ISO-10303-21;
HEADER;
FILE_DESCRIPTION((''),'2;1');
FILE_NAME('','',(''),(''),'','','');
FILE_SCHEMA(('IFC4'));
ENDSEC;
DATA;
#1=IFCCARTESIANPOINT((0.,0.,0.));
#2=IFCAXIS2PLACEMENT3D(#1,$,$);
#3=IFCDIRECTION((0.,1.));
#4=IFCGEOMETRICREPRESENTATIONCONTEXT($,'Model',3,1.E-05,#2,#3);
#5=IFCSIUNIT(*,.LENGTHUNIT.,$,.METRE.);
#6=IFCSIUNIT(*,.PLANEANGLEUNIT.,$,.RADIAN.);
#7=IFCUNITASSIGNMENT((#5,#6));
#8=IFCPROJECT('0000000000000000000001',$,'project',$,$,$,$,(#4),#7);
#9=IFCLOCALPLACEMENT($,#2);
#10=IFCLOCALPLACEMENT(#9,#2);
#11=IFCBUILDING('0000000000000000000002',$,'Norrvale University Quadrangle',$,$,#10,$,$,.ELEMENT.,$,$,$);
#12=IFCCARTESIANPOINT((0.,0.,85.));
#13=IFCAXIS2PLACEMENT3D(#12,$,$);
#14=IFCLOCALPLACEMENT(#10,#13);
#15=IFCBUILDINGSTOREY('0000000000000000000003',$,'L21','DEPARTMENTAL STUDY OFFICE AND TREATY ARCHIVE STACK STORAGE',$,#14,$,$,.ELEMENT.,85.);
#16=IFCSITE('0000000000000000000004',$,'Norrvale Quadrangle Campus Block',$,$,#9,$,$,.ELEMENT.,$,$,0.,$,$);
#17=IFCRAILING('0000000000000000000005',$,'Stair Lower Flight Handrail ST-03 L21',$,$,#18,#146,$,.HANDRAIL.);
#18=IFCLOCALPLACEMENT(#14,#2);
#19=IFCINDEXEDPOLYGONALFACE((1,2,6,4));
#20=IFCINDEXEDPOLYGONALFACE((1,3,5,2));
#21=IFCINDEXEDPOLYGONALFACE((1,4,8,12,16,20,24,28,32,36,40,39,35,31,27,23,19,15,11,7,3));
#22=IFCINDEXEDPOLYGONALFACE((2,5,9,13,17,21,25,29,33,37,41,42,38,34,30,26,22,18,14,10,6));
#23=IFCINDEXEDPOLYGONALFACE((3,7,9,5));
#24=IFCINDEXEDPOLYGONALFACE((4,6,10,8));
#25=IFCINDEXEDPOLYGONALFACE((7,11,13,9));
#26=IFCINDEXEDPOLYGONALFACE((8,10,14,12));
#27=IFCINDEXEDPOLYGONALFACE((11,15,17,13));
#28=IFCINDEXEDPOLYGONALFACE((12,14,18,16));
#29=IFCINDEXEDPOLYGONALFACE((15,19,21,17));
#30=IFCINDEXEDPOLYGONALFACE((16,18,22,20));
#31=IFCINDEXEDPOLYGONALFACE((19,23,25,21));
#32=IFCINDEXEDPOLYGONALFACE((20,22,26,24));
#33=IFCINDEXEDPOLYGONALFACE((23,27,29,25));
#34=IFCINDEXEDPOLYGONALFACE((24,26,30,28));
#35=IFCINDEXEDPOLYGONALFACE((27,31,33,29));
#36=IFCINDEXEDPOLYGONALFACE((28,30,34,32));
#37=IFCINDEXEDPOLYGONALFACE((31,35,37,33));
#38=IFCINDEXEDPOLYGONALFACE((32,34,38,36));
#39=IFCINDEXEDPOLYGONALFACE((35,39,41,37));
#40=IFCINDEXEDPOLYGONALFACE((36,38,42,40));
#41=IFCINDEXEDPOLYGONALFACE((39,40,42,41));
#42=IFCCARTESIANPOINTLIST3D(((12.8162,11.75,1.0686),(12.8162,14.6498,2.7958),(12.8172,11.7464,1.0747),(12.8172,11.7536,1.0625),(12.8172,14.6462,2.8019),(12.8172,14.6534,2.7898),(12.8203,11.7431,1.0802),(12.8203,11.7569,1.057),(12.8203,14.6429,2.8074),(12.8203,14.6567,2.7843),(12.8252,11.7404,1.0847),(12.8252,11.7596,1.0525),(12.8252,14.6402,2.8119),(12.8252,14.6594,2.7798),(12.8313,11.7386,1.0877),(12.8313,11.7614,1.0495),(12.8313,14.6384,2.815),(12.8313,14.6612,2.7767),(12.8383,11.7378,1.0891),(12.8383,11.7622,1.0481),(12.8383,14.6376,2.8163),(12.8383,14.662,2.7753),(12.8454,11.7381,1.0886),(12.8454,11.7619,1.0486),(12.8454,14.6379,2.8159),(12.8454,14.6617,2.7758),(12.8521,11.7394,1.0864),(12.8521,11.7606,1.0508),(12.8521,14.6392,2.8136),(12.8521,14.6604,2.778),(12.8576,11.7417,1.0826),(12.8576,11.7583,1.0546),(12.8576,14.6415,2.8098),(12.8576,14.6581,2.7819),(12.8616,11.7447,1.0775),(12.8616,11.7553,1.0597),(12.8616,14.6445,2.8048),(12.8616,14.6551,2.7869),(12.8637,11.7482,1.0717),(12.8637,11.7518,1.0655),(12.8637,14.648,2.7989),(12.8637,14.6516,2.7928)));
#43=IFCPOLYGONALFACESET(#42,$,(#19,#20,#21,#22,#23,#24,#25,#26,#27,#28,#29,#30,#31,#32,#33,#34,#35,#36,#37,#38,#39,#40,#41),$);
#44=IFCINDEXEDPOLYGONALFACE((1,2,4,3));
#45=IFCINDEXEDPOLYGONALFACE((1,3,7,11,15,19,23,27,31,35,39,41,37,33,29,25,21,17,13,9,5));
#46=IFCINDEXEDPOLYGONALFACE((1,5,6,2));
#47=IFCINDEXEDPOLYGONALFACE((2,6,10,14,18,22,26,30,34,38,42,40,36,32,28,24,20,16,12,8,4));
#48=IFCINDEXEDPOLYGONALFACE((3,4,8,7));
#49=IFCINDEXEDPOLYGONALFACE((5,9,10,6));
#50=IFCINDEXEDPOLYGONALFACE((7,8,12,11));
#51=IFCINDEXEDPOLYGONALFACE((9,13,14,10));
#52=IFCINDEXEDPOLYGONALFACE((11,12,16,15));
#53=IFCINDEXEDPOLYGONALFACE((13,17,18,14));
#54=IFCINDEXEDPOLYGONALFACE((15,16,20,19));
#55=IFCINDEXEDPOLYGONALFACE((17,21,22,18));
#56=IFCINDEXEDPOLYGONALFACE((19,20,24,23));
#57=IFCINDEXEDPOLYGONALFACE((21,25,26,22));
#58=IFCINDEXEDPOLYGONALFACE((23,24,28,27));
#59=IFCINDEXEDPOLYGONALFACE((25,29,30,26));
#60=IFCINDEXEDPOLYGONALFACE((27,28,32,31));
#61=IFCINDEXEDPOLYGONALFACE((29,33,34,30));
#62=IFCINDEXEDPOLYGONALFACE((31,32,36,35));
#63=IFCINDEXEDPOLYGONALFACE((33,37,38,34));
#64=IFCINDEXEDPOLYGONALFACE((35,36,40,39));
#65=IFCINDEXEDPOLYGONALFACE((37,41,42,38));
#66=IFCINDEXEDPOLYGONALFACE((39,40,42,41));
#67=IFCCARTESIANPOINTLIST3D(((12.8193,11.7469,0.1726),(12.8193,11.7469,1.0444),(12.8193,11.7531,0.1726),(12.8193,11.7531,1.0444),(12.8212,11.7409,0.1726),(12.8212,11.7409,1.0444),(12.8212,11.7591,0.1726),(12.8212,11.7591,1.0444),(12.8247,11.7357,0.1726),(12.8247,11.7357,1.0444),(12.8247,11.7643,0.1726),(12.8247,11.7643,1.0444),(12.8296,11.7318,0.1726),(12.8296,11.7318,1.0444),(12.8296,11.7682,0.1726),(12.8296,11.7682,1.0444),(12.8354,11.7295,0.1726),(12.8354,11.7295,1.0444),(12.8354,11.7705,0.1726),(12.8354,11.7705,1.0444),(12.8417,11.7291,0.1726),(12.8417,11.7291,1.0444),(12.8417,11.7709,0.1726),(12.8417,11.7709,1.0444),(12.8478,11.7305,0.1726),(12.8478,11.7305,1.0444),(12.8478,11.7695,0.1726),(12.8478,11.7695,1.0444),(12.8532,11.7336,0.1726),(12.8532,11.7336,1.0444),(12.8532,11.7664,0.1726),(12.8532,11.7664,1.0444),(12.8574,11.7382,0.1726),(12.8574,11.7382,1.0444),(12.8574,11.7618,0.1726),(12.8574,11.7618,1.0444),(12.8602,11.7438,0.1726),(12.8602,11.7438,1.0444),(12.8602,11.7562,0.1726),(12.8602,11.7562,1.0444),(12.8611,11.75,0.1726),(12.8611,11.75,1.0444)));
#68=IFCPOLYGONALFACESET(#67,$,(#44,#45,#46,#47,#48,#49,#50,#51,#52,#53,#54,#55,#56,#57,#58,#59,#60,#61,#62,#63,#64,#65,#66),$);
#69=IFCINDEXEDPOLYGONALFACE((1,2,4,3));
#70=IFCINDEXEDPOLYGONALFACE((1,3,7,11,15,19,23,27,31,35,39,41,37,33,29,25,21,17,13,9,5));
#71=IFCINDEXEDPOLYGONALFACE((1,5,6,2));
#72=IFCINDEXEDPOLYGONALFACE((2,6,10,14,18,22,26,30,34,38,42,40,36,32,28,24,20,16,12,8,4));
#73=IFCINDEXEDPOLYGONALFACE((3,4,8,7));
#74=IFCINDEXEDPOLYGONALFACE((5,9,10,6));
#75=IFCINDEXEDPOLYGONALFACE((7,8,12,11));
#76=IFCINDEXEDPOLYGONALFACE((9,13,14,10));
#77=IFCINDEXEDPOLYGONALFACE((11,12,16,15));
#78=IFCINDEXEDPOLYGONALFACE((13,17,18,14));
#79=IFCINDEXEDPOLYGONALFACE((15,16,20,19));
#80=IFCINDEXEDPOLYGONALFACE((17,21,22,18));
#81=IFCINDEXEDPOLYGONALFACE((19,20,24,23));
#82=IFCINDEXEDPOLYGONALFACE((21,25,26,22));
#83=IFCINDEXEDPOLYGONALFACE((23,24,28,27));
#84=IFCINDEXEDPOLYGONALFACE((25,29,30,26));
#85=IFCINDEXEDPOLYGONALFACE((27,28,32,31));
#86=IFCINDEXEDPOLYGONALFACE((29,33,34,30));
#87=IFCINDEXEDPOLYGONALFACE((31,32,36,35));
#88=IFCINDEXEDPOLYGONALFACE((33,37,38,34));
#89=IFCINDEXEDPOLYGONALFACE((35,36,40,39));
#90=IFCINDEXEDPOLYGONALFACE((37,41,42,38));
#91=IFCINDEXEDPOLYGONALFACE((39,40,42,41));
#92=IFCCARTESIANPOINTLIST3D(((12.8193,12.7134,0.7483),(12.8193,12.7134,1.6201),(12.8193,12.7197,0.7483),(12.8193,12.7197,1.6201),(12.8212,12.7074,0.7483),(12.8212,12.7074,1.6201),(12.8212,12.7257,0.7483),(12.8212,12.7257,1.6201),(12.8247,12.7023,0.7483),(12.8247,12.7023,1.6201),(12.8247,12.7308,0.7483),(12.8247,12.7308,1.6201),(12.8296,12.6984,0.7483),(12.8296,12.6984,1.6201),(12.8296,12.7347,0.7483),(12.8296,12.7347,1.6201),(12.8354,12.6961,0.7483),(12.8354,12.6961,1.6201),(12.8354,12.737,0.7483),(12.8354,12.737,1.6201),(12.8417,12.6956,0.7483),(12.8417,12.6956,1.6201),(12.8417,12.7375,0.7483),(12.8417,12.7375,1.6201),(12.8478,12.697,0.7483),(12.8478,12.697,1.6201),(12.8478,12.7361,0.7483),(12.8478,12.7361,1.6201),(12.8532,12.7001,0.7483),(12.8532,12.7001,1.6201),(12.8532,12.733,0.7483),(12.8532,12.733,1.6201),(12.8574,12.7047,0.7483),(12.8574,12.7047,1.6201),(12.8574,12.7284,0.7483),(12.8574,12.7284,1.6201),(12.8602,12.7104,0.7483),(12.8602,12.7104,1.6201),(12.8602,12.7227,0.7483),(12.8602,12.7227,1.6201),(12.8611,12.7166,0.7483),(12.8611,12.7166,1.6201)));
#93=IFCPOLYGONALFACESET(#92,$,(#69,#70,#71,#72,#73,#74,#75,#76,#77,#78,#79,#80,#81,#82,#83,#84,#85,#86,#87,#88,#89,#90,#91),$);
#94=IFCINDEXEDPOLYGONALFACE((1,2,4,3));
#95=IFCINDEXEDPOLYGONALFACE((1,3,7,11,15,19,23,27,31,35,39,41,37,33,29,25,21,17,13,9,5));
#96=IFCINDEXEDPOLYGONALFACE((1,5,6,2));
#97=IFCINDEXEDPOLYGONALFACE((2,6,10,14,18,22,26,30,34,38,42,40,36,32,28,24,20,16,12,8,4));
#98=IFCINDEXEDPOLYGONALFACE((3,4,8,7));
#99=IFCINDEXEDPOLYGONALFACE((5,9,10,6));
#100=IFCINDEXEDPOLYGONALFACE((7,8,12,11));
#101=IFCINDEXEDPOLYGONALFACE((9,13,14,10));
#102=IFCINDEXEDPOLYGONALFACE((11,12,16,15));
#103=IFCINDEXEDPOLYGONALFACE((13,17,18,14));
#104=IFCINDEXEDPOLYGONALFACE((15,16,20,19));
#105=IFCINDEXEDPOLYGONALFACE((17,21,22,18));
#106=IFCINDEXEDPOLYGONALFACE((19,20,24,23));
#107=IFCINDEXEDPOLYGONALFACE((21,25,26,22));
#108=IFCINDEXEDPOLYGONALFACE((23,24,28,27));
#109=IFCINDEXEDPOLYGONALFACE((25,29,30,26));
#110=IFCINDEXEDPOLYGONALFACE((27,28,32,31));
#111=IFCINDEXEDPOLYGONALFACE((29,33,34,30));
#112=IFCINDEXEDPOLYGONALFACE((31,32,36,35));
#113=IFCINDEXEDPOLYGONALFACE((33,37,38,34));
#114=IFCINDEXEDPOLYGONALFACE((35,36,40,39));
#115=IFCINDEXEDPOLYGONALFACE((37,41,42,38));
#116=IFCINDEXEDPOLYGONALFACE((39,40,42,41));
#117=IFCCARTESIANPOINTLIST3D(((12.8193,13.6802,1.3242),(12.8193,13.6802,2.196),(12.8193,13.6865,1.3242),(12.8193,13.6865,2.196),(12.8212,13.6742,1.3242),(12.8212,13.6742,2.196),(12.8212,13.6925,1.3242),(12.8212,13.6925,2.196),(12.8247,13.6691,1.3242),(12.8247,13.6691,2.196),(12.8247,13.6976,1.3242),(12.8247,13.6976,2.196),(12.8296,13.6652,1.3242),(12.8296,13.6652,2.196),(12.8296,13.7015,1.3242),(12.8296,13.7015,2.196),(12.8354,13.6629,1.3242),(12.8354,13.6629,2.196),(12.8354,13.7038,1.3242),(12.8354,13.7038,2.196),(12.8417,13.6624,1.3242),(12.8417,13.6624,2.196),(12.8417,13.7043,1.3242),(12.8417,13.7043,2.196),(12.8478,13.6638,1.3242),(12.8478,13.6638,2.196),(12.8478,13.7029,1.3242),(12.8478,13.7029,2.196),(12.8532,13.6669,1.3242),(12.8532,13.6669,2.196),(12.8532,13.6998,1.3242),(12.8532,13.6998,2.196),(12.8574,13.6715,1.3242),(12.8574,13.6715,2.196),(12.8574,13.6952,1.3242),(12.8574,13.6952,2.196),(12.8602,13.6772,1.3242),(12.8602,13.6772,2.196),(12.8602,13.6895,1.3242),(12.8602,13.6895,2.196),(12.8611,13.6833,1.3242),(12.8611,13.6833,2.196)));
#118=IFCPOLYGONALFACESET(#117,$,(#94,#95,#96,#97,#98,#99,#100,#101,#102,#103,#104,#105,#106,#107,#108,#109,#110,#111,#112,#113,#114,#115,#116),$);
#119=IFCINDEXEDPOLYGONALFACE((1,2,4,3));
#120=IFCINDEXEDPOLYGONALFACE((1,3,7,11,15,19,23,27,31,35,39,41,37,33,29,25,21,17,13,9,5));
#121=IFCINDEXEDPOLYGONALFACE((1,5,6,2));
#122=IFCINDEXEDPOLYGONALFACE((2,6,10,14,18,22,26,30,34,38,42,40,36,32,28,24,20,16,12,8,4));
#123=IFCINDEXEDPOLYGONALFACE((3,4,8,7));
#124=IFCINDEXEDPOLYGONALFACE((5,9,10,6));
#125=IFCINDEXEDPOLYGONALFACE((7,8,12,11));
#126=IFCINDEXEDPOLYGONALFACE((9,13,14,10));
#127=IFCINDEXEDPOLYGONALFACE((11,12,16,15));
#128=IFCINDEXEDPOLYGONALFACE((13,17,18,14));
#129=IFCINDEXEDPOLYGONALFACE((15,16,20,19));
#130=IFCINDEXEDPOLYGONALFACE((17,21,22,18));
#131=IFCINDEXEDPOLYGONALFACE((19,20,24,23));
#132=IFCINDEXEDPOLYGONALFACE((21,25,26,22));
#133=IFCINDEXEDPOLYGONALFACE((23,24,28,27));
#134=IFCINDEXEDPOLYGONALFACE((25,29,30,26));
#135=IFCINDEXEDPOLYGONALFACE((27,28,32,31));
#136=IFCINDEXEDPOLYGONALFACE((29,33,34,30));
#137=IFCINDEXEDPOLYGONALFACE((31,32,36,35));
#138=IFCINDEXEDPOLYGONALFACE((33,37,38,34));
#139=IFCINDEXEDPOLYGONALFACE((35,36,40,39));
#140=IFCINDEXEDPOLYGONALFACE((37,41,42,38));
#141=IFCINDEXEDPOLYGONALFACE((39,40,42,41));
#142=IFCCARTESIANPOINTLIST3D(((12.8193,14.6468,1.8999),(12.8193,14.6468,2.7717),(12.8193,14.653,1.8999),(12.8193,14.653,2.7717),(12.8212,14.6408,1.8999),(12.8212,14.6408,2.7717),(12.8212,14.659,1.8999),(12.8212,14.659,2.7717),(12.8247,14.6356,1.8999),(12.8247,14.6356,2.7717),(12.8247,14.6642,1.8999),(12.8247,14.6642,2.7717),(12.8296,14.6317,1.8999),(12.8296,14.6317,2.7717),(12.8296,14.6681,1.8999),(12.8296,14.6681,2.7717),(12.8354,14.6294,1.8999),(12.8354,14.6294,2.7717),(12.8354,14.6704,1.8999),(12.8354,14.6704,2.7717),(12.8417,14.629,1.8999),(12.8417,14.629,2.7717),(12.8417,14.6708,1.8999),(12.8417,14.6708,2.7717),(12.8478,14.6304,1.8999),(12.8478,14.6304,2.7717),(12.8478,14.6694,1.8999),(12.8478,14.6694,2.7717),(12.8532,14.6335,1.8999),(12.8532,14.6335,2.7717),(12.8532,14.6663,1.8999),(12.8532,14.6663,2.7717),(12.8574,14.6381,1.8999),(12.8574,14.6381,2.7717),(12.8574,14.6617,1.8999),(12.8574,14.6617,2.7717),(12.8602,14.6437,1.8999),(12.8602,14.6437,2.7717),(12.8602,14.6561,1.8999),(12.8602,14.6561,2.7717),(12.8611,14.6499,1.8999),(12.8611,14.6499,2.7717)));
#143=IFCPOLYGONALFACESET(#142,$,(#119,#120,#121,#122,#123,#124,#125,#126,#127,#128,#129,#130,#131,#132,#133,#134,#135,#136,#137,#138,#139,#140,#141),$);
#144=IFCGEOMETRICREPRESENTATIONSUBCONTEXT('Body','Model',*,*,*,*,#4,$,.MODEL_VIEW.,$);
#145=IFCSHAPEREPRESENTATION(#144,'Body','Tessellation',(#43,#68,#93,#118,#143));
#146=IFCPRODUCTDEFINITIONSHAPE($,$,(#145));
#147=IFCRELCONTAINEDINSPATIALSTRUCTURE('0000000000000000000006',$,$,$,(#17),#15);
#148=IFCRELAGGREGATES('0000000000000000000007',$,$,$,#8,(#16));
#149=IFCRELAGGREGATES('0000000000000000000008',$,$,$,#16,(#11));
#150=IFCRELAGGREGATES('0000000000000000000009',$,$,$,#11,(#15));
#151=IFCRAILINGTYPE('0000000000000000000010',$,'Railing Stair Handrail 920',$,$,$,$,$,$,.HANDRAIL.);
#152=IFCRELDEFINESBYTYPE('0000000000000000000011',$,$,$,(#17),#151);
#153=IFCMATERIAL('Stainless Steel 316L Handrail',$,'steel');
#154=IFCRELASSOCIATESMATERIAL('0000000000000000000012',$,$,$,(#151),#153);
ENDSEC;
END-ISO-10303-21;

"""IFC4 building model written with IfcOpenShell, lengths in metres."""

from ifc_helpers import new_model, si_unit, direction, frame, origin, origin_2d, place, context, subcontext, project, spatial, circle, extrude, material, type_object, element, save


model = new_model("IFC4")

# Units and contexts
model_context = context("Model", 3, precision=1e-05, world=origin(), true_north=direction((0.0, 1.0)))
body_context = subcontext(model_context, "Body", "Model", "MODEL_VIEW")
ifc_project = project(units=[si_unit("LENGTHUNIT", "METRE"), si_unit("PLANEANGLEUNIT", "RADIAN")], contexts=[model_context])

# Site, building, storey
site_placement = place(None, origin())
site = spatial("IfcSite", under=ifc_project, at=site_placement, Name="Norrvale Quadrangle Campus Block", CompositionType="ELEMENT", RefElevation=0.0)
building_placement = place(site_placement, origin())
building = spatial("IfcBuilding", under=site, at=building_placement, Name="Norrvale University Quadrangle", CompositionType="ELEMENT")
storey_placement = place(building_placement, frame((0.0, 0.0, 85.0)))
storey = spatial("IfcBuildingStorey", under=building, at=storey_placement, Name="L21", Description="DEPARTMENTAL STUDY OFFICE AND TREATY ARCHIVE STACK STORAGE", CompositionType="ELEMENT", Elevation=85.0)

# Railing
ifc_material_1 = material(Name="Stainless Steel 316L Handrail", Category="steel")
railing_type_1 = type_object("IfcRailingType", Name="Railing Stair Handrail 920", PredefinedType="HANDRAIL", material=ifc_material_1)
railing_1_placement = place(storey_placement, frame((12.8401, 11.75, 0.1726)))
element("IfcRailing", 1, at=railing_1_placement, inside=storey, type_object=railing_type_1, Name="Stair Lower Flight Handrail ST-03 L21", PredefinedType="HANDRAIL", context=body_context, shape_type="SweptSolid", body=[
    extrude(circle(Radius=0.0239, at=origin_2d()), frame((0.0, 0.0, 0.896), z_axis=(0.0, 0.859141, 0.511738), x_axis=(-1.0, 0.0, 0.0)), (0.0, 0.0, 1.0), 3.3752),
    extrude(circle(Radius=0.021, at=origin_2d()), origin(), (0.0, 0.0, 1.0), 0.8718),
    extrude(circle(Radius=0.021, at=origin_2d()), frame((0.0, 0.9666, 0.5757)), (0.0, 0.0, 1.0), 0.8718),
    extrude(circle(Radius=0.021, at=origin_2d()), frame((0.0, 1.9333, 1.1516)), (0.0, 0.0, 1.0), 0.8718),
    extrude(circle(Radius=0.021, at=origin_2d()), frame((0.0, 2.8999, 1.7273)), (0.0, 0.0, 1.0), 0.8718),
])

save(model, "model.ifc")
